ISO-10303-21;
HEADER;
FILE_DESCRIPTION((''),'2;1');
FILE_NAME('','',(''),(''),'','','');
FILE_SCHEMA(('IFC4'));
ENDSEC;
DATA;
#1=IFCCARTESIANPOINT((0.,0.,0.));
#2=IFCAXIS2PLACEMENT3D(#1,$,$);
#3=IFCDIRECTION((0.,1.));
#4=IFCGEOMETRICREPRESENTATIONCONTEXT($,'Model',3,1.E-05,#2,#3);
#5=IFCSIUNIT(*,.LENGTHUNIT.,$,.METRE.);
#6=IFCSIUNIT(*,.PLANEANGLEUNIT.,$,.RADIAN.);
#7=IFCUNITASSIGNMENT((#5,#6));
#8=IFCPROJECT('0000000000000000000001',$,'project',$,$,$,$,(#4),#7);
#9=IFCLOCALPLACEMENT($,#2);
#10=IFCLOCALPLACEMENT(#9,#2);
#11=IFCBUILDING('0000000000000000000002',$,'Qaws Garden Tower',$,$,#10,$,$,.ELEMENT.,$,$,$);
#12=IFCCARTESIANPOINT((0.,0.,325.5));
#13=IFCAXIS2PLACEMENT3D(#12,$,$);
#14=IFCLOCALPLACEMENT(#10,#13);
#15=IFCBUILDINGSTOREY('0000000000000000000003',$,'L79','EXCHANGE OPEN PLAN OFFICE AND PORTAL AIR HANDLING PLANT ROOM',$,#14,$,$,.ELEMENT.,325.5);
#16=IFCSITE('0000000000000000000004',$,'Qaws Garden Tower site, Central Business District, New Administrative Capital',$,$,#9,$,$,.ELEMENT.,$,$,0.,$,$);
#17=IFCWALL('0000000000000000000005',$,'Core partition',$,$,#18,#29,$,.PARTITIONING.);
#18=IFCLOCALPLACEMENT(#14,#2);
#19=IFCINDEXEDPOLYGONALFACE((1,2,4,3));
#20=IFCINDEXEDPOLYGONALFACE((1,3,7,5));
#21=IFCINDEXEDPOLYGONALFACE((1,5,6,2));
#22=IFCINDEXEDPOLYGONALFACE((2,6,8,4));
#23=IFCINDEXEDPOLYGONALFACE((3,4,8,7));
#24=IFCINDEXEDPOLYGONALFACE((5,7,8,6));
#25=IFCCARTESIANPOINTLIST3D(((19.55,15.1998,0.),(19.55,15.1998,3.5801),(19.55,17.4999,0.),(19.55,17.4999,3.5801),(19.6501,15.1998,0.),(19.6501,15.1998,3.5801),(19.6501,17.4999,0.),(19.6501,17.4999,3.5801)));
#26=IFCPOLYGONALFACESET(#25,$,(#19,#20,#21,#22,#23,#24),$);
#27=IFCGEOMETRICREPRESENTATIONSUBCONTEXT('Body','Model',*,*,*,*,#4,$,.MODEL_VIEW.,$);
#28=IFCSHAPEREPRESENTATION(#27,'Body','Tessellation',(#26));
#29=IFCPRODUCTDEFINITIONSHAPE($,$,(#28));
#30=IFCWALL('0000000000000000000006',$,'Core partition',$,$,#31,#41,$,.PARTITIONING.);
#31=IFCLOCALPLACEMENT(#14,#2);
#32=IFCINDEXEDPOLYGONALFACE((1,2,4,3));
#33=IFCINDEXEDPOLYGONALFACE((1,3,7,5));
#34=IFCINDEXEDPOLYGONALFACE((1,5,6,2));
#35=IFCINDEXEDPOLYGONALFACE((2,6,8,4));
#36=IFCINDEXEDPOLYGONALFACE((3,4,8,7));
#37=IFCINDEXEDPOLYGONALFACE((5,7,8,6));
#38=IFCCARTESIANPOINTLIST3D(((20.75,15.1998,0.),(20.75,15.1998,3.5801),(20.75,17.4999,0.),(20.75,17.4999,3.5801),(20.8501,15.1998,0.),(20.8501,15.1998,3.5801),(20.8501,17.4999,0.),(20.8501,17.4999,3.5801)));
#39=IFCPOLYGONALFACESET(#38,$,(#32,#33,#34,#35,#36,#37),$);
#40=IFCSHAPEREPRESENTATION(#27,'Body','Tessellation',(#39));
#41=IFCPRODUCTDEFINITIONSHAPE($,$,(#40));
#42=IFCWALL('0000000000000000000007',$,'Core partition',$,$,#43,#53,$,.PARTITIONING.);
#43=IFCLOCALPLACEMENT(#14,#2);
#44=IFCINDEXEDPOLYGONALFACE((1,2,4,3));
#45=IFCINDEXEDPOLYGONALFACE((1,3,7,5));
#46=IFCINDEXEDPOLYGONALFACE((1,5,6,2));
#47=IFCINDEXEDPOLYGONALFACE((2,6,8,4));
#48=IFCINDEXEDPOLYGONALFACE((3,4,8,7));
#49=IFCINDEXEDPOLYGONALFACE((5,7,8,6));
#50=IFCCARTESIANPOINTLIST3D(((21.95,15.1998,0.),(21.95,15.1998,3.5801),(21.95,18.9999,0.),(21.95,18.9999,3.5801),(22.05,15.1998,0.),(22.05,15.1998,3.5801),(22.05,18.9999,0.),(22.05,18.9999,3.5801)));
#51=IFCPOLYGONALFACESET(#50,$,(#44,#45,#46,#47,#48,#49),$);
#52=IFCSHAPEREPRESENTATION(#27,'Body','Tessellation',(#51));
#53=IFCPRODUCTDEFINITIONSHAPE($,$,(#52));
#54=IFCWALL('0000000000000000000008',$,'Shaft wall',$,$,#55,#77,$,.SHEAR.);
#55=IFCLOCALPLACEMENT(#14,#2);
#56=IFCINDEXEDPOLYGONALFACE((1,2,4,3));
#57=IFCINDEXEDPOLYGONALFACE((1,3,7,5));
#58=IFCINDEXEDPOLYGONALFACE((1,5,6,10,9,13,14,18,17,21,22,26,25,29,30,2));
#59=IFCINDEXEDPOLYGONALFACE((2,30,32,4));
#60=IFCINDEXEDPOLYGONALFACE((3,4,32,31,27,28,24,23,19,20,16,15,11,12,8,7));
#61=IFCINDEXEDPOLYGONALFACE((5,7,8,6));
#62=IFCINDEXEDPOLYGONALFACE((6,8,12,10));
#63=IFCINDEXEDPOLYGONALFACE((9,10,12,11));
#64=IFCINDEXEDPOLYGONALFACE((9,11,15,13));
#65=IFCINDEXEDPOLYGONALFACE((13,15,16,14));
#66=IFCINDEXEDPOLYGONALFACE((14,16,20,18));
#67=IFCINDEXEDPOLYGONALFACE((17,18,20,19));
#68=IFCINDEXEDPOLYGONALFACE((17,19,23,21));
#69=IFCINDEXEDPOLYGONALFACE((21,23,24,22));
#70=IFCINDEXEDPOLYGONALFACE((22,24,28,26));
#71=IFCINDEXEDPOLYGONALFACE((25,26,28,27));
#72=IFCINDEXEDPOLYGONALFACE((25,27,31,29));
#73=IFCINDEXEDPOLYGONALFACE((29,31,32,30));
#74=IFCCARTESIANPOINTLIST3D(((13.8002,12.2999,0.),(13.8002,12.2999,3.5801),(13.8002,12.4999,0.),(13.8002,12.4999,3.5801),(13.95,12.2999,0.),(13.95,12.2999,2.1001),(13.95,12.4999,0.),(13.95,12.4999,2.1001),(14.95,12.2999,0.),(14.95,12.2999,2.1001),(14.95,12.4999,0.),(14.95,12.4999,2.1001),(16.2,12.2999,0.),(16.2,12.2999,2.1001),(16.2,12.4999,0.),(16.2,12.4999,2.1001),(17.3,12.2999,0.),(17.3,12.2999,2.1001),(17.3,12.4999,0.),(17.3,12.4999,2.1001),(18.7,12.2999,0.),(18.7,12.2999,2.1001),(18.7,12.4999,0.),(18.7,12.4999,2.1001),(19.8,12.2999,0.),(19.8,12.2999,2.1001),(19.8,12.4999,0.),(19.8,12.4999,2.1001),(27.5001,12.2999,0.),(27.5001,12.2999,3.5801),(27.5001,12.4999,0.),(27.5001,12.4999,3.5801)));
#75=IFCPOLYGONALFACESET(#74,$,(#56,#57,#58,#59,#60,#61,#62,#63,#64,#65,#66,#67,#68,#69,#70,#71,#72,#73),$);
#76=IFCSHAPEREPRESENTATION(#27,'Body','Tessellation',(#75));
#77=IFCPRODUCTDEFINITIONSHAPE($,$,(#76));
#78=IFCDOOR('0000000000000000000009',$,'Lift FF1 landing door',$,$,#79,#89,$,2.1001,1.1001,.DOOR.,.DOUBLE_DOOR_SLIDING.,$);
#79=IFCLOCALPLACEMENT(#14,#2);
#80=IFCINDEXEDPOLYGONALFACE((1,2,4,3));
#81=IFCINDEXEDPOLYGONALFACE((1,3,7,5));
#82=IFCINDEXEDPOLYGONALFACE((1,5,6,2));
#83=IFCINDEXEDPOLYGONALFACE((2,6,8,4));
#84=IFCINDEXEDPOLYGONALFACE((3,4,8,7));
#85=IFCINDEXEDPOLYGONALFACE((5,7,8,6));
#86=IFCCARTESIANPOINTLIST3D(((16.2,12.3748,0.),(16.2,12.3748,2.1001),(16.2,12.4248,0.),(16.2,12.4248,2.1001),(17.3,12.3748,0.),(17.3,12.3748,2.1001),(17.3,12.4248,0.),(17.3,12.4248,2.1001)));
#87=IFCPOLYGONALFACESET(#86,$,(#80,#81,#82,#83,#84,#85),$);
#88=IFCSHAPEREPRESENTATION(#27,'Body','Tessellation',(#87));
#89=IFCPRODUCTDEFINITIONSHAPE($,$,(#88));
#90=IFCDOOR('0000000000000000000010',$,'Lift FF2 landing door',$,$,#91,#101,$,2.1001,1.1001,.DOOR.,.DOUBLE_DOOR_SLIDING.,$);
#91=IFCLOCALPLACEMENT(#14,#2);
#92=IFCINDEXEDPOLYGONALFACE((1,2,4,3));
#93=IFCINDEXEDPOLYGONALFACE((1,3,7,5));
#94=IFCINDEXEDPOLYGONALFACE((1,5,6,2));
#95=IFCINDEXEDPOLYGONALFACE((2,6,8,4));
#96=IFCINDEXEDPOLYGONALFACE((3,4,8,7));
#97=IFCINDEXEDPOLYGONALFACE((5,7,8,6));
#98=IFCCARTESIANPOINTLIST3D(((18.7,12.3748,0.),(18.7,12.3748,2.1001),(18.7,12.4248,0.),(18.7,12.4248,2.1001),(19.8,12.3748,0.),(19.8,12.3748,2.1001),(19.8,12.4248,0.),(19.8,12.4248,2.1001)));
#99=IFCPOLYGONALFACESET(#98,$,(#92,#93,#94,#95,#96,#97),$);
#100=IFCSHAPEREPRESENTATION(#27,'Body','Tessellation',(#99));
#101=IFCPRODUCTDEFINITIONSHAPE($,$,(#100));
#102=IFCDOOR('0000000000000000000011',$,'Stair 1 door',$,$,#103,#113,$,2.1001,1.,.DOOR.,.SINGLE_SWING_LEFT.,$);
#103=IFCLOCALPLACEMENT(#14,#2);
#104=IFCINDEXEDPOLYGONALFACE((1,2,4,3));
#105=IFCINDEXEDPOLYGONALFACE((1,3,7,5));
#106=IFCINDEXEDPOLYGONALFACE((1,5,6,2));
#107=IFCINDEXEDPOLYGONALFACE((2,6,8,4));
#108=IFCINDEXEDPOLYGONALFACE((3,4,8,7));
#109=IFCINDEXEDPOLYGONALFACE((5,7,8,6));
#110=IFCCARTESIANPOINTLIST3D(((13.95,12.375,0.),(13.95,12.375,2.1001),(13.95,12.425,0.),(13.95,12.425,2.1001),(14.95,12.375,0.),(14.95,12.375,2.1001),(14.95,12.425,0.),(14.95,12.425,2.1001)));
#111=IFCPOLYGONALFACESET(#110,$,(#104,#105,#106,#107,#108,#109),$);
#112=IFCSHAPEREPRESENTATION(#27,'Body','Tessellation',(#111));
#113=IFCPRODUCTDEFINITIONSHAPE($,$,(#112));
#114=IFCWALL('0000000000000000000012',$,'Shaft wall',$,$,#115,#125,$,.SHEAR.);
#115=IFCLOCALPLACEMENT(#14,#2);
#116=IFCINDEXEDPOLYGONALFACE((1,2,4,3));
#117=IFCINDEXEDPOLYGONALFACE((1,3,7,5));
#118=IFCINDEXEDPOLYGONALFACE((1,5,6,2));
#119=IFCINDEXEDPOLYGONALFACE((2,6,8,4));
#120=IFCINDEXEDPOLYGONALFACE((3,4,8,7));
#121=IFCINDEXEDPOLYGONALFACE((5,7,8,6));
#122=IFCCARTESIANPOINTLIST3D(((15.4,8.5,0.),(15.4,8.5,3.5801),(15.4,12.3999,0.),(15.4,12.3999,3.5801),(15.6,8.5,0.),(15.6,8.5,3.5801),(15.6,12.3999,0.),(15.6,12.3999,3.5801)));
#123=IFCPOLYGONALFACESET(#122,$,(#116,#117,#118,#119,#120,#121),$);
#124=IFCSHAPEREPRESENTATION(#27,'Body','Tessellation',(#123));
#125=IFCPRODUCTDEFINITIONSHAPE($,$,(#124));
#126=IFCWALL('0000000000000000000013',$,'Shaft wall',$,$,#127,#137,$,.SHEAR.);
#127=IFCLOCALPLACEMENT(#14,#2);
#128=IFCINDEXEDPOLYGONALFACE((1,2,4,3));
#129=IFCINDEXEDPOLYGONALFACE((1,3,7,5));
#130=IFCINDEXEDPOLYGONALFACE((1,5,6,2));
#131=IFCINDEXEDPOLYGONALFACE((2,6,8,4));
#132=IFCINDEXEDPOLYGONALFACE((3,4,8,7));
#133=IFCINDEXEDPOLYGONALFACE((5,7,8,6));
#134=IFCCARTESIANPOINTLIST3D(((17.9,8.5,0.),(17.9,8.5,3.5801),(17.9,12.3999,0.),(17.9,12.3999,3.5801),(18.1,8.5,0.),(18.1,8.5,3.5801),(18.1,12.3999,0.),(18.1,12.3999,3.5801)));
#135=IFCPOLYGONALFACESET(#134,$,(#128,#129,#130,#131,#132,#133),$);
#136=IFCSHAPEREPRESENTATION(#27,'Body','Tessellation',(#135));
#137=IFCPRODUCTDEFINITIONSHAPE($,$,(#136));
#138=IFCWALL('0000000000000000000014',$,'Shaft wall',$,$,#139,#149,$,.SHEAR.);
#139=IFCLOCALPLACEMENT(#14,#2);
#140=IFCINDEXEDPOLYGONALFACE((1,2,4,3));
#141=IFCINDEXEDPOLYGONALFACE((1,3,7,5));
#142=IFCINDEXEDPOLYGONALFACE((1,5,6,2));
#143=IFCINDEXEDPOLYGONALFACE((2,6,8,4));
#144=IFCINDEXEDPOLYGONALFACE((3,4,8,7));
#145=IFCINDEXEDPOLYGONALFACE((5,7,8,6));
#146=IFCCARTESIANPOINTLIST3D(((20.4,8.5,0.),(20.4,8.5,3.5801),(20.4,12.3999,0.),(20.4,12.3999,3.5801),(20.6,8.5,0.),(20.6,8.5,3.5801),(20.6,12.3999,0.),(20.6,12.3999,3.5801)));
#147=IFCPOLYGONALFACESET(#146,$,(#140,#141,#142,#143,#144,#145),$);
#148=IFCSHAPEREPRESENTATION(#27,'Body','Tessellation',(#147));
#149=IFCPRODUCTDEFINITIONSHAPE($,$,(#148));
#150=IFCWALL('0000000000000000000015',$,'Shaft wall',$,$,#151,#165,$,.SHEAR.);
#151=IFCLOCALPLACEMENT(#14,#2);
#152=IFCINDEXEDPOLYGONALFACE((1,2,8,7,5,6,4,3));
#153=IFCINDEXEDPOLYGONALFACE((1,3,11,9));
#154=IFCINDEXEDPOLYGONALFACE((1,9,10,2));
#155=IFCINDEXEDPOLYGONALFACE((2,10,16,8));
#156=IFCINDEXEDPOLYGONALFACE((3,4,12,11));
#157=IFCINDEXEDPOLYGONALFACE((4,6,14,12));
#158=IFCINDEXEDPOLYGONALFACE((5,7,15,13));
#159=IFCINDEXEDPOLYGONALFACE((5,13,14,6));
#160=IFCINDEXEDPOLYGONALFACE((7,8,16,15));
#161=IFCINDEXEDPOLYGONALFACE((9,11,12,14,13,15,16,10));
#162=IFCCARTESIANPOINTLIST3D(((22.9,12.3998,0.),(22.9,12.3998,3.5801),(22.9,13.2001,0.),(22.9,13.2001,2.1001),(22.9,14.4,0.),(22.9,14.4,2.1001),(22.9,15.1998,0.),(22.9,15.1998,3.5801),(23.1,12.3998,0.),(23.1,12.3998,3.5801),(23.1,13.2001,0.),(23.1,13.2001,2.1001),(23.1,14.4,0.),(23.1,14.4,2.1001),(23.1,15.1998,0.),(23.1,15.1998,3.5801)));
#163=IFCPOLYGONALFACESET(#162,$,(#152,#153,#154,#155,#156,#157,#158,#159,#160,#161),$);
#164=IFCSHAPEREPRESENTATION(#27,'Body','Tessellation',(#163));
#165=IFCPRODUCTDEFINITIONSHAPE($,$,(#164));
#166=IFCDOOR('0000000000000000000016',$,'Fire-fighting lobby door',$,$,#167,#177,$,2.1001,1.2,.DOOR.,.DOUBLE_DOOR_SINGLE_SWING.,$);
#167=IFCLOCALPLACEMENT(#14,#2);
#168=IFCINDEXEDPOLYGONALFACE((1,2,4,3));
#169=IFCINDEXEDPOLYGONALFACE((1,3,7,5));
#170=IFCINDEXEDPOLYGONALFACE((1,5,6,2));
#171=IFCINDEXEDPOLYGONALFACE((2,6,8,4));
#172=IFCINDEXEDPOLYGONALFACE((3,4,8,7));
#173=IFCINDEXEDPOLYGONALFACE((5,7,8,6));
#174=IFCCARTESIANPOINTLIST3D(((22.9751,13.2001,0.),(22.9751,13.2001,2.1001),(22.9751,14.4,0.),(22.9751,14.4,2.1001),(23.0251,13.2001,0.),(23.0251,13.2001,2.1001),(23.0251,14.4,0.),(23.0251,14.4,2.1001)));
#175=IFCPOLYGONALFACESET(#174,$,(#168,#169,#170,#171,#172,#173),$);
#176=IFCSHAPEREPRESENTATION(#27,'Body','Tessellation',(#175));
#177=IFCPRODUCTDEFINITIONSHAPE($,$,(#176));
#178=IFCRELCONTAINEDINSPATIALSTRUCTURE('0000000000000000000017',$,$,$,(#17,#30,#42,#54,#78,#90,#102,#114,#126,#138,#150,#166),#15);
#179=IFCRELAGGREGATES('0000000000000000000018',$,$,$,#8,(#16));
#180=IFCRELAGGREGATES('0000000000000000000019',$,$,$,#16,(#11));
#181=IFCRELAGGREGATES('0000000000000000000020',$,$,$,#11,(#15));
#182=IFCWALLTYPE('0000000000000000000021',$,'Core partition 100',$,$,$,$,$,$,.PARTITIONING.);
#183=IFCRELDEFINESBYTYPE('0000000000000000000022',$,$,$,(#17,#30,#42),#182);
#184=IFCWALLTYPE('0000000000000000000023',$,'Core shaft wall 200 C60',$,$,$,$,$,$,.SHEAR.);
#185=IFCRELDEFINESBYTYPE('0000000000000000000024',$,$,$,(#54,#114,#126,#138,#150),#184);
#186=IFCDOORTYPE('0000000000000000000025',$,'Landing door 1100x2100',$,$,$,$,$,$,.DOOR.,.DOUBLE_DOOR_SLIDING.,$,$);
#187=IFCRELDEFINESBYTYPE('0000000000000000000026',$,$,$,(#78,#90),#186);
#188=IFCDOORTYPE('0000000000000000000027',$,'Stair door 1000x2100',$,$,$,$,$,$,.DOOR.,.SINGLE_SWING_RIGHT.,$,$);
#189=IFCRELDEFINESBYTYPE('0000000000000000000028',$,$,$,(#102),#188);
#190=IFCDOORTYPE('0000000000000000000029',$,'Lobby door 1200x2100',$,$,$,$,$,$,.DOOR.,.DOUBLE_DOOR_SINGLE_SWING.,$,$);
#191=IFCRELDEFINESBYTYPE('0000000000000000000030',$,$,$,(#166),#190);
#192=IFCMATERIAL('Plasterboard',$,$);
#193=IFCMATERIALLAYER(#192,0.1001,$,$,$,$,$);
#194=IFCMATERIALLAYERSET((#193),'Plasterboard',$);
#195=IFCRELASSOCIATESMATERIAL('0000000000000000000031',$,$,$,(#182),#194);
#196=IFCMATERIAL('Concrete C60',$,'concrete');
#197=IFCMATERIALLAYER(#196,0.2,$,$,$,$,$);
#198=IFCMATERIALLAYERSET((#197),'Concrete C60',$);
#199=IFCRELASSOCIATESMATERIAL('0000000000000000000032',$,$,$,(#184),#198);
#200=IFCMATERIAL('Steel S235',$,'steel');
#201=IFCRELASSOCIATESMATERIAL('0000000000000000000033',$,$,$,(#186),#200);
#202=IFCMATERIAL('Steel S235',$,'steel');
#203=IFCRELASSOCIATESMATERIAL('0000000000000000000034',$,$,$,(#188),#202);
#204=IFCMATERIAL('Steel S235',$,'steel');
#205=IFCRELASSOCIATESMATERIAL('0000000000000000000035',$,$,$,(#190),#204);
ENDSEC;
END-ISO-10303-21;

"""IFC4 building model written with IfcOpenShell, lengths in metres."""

from ifc_helpers import new_model, si_unit, direction, frame, frame_2d, origin, place, context, subcontext, project, spatial, rectangle, extrude, material, layer, layer_set, type_object, element, fill, save


model = new_model("IFC4")

# Units and contexts
model_context = context("Model", 3, precision=1e-05, world=origin(), true_north=direction((0.0, 1.0)))
body_context = subcontext(model_context, "Body", "Model", "MODEL_VIEW")
ifc_project = project(units=[si_unit("LENGTHUNIT", "METRE"), si_unit("PLANEANGLEUNIT", "RADIAN")], contexts=[model_context])

# Site, building, storey
site_placement = place(None, origin())
site = spatial("IfcSite", under=ifc_project, at=site_placement, Name="Qaws Garden Tower site, Central Business District, New Administrative Capital", CompositionType="ELEMENT", RefElevation=0.0)
building_placement = place(site_placement, origin())
building = spatial("IfcBuilding", under=site, at=building_placement, Name="Qaws Garden Tower", CompositionType="ELEMENT")
storey_placement = place(building_placement, frame((0.0, 0.0, 325.5)))
storey = spatial("IfcBuildingStorey", under=building, at=storey_placement, Name="L79", Description="EXCHANGE OPEN PLAN OFFICE AND PORTAL AIR HANDLING PLANT ROOM", CompositionType="ELEMENT", Elevation=325.5)

# Walls
ifc_material_1 = material(Name="Plasterboard")
ifc_layer_1 = layer(ifc_material_1, 0.1001)
ifc_layer_set_1 = layer_set([ifc_layer_1], Name="Plasterboard")
wall_type_1 = type_object("IfcWallType", Name="Core partition 100", PredefinedType="PARTITIONING", material=ifc_layer_set_1)
for number, where, z_axis, x_axis, name in (
    (1, (19.6001, 15.2, 0.0), (0.0, 0.0, 1.0), (0.0, 1.0, 0.0), "Core partition"),
    (2, (20.8, 15.2, 0.0), (0.0, 0.0, 1.0), (0.0, 1.0, 0.0), "Core partition"),
):
    element("IfcWall", number, at=place(storey_placement, frame(where, z_axis=z_axis, x_axis=x_axis)), inside=storey, type_object=wall_type_1, Name=name, PredefinedType="PARTITIONING", context=body_context, shape_type="SweptSolid", body=[
        extrude(rectangle(XDim=2.3, YDim=0.1001, at=frame_2d((1.1499, 0.0))), origin(), (0.0, 0.0, 1.0), 3.5801),
    ])
wall_1_placement = place(storey_placement, frame((22.0, 15.2, 0.0), z_axis=(0.0, 0.0, 1.0), x_axis=(0.0, 1.0, 0.0)))
element("IfcWall", 3, at=wall_1_placement, inside=storey, type_object=wall_type_1, Name="Core partition", PredefinedType="PARTITIONING", context=body_context, shape_type="SweptSolid", body=[
    extrude(rectangle(XDim=3.8, YDim=0.1001, at=frame_2d((1.8999, 0.0))), origin(), (0.0, 0.0, 1.0), 3.5801),
])

# Wall, openings, doors
ifc_material_2 = material(Name="Concrete C60", Category="concrete")
ifc_layer_2 = layer(ifc_material_2, 0.2)
ifc_layer_set_2 = layer_set([ifc_layer_2], Name="Concrete C60")
wall_type_2 = type_object("IfcWallType", Name="Core shaft wall 200 C60", PredefinedType="SHEAR", material=ifc_layer_set_2)
wall_2_placement = place(storey_placement, frame((13.8, 12.3999, 0.0), z_axis=(0.0, 0.0, 1.0), x_axis=(1.0, 0.0, 0.0)))
wall_2 = element("IfcWall", 4, at=wall_2_placement, inside=storey, type_object=wall_type_2, Name="Shaft wall", PredefinedType="SHEAR", context=body_context, shape_type="SweptSolid", body=[
    extrude(rectangle(XDim=13.7, YDim=0.2, at=frame_2d((6.8501, 0.0))), origin(), (0.0, 0.0, 1.0), 3.5801),
])
opening_1_placement = place(wall_2_placement, frame((2.3999, 0.0, 0.0)))
opening_1 = element("IfcOpeningElement", 5, at=opening_1_placement, cuts=wall_2, PredefinedType="OPENING", context=body_context, shape_type="SweptSolid", body=[
    extrude(rectangle(XDim=1.1001, YDim=2.1001, at=frame_2d((0.55, 1.05))), frame((0.0, 0.1099, 0.0), z_axis=(0.0, -1.0, 0.0), x_axis=(1.0, 0.0, 0.0)), (0.0, 0.0, 1.0), 0.22),
])
opening_2_placement = place(wall_2_placement, frame((4.8999, 0.0, 0.0)))
opening_2 = element("IfcOpeningElement", 6, at=opening_2_placement, cuts=wall_2, PredefinedType="OPENING", context=body_context, shape_type="SweptSolid", body=[
    extrude(rectangle(XDim=1.1001, YDim=2.1001, at=frame_2d((0.55, 1.05))), frame((0.0, 0.1099, 0.0), z_axis=(0.0, -1.0, 0.0), x_axis=(1.0, 0.0, 0.0)), (0.0, 0.0, 1.0), 0.22),
])
opening_3_placement = place(wall_2_placement, frame((0.1499, 0.0, 0.0)))
opening_3 = element("IfcOpeningElement", 7, at=opening_3_placement, cuts=wall_2, PredefinedType="OPENING", context=body_context, shape_type="SweptSolid", body=[
    extrude(rectangle(XDim=1.0, YDim=2.1001, at=frame_2d((0.5, 1.05))), frame((0.0, 0.1099, 0.0), z_axis=(0.0, -1.0, 0.0), x_axis=(1.0, 0.0, 0.0)), (0.0, 0.0, 1.0), 0.22),
])
ifc_material_3 = material(Name="Steel S235", Category="steel")
door_type_1 = type_object("IfcDoorType", Name="Landing door 1100x2100", OperationType="DOUBLE_DOOR_SLIDING", PredefinedType="DOOR", material=ifc_material_3)
door_1_placement = place(opening_1_placement, origin())
door_1 = element("IfcDoor", 8, at=door_1_placement, inside=storey, type_object=door_type_1, Name="Lift FF1 landing door", OperationType="DOUBLE_DOOR_SLIDING", OverallHeight=2.1001, OverallWidth=1.1001, PredefinedType="DOOR", context=body_context, shape_type="SweptSolid", body=[
    extrude(rectangle(XDim=1.1001, YDim=2.1001, at=frame_2d((0.55, 1.05))), frame((0.0, 0.0249, 0.0), z_axis=(0.0, -1.0, 0.0), x_axis=(1.0, 0.0, 0.0)), (0.0, 0.0, 1.0), 0.05),
])
fill(opening_1, door_1)
door_2_placement = place(opening_2_placement, origin())
door_2 = element("IfcDoor", 9, at=door_2_placement, inside=storey, type_object=door_type_1, Name="Lift FF2 landing door", OperationType="DOUBLE_DOOR_SLIDING", OverallHeight=2.1001, OverallWidth=1.1001, PredefinedType="DOOR", context=body_context, shape_type="SweptSolid", body=[
    extrude(rectangle(XDim=1.1001, YDim=2.1001, at=frame_2d((0.55, 1.05))), frame((0.0, 0.0249, 0.0), z_axis=(0.0, -1.0, 0.0), x_axis=(1.0, 0.0, 0.0)), (0.0, 0.0, 1.0), 0.05),
])
fill(opening_2, door_2)
ifc_material_4 = material(Name="Steel S235", Category="steel")
door_type_2 = type_object("IfcDoorType", Name="Stair door 1000x2100", OperationType="SINGLE_SWING_RIGHT", PredefinedType="DOOR", material=ifc_material_4)
door_3_placement = place(opening_3_placement, frame((1.0, 0.0, 0.0), z_axis=(0.0, 0.0, 1.0), x_axis=(-1.0, 0.0, 0.0)))
door_3 = element("IfcDoor", 10, at=door_3_placement, inside=storey, type_object=door_type_2, Name="Stair 1 door", OperationType="SINGLE_SWING_LEFT", OverallHeight=2.1001, OverallWidth=1.0, PredefinedType="DOOR", context=body_context, shape_type="SweptSolid", body=[
    extrude(rectangle(XDim=1.0, YDim=2.1001, at=frame_2d((0.5, 1.05))), frame((0.0, 0.0249, 0.0), z_axis=(0.0, -1.0, 0.0), x_axis=(1.0, 0.0, 0.0)), (0.0, 0.0, 1.0), 0.05),
])
fill(opening_3, door_3)

# Walls
for number, where, z_axis, x_axis, name in (
    (11, (15.5, 8.5, 0.0), (0.0, 0.0, 1.0), (0.0, 1.0, 0.0), "Shaft wall"),
    (12, (18.0, 8.5, 0.0), (0.0, 0.0, 1.0), (0.0, 1.0, 0.0), "Shaft wall"),
    (13, (20.5, 8.5, 0.0), (0.0, 0.0, 1.0), (0.0, 1.0, 0.0), "Shaft wall"),
):
    element("IfcWall", number, at=place(storey_placement, frame(where, z_axis=z_axis, x_axis=x_axis)), inside=storey, type_object=wall_type_2, Name=name, PredefinedType="SHEAR", context=body_context, shape_type="SweptSolid", body=[
        extrude(rectangle(XDim=3.8999, YDim=0.2, at=frame_2d((1.95, 0.0))), origin(), (0.0, 0.0, 1.0), 3.5801),
    ])

# Wall, opening, door
wall_3_placement = place(storey_placement, frame((23.0, 12.3999, 0.0), z_axis=(0.0, 0.0, 1.0), x_axis=(0.0, 1.0, 0.0)))
wall_3 = element("IfcWall", 14, at=wall_3_placement, inside=storey, type_object=wall_type_2, Name="Shaft wall", PredefinedType="SHEAR", context=body_context, shape_type="SweptSolid", body=[
    extrude(rectangle(XDim=2.8, YDim=0.2, at=frame_2d((1.3999, 0.0))), origin(), (0.0, 0.0, 1.0), 3.5801),
])
opening_4_placement = place(wall_3_placement, frame((0.8, 0.0, 0.0)))
opening_4 = element("IfcOpeningElement", 15, at=opening_4_placement, cuts=wall_3, PredefinedType="OPENING", context=body_context, shape_type="SweptSolid", body=[
    extrude(rectangle(XDim=1.2, YDim=2.1001, at=frame_2d((0.6001, 1.05))), frame((0.0, 0.1099, 0.0), z_axis=(0.0, -1.0, 0.0), x_axis=(1.0, 0.0, 0.0)), (0.0, 0.0, 1.0), 0.22),
])
ifc_material_5 = material(Name="Steel S235", Category="steel")
door_type_3 = type_object("IfcDoorType", Name="Lobby door 1200x2100", OperationType="DOUBLE_DOOR_SINGLE_SWING", PredefinedType="DOOR", material=ifc_material_5)
door_4_placement = place(opening_4_placement, origin())
door_4 = element("IfcDoor", 16, at=door_4_placement, inside=storey, type_object=door_type_3, Name="Fire-fighting lobby door", OperationType="DOUBLE_DOOR_SINGLE_SWING", OverallHeight=2.1001, OverallWidth=1.2, PredefinedType="DOOR", context=body_context, shape_type="SweptSolid", body=[
    extrude(rectangle(XDim=1.2, YDim=2.1001, at=frame_2d((0.6001, 1.05))), frame((0.0, 0.0249, 0.0), z_axis=(0.0, -1.0, 0.0), x_axis=(1.0, 0.0, 0.0)), (0.0, 0.0, 1.0), 0.05),
])
fill(opening_4, door_4)

save(model, "model.ifc")
